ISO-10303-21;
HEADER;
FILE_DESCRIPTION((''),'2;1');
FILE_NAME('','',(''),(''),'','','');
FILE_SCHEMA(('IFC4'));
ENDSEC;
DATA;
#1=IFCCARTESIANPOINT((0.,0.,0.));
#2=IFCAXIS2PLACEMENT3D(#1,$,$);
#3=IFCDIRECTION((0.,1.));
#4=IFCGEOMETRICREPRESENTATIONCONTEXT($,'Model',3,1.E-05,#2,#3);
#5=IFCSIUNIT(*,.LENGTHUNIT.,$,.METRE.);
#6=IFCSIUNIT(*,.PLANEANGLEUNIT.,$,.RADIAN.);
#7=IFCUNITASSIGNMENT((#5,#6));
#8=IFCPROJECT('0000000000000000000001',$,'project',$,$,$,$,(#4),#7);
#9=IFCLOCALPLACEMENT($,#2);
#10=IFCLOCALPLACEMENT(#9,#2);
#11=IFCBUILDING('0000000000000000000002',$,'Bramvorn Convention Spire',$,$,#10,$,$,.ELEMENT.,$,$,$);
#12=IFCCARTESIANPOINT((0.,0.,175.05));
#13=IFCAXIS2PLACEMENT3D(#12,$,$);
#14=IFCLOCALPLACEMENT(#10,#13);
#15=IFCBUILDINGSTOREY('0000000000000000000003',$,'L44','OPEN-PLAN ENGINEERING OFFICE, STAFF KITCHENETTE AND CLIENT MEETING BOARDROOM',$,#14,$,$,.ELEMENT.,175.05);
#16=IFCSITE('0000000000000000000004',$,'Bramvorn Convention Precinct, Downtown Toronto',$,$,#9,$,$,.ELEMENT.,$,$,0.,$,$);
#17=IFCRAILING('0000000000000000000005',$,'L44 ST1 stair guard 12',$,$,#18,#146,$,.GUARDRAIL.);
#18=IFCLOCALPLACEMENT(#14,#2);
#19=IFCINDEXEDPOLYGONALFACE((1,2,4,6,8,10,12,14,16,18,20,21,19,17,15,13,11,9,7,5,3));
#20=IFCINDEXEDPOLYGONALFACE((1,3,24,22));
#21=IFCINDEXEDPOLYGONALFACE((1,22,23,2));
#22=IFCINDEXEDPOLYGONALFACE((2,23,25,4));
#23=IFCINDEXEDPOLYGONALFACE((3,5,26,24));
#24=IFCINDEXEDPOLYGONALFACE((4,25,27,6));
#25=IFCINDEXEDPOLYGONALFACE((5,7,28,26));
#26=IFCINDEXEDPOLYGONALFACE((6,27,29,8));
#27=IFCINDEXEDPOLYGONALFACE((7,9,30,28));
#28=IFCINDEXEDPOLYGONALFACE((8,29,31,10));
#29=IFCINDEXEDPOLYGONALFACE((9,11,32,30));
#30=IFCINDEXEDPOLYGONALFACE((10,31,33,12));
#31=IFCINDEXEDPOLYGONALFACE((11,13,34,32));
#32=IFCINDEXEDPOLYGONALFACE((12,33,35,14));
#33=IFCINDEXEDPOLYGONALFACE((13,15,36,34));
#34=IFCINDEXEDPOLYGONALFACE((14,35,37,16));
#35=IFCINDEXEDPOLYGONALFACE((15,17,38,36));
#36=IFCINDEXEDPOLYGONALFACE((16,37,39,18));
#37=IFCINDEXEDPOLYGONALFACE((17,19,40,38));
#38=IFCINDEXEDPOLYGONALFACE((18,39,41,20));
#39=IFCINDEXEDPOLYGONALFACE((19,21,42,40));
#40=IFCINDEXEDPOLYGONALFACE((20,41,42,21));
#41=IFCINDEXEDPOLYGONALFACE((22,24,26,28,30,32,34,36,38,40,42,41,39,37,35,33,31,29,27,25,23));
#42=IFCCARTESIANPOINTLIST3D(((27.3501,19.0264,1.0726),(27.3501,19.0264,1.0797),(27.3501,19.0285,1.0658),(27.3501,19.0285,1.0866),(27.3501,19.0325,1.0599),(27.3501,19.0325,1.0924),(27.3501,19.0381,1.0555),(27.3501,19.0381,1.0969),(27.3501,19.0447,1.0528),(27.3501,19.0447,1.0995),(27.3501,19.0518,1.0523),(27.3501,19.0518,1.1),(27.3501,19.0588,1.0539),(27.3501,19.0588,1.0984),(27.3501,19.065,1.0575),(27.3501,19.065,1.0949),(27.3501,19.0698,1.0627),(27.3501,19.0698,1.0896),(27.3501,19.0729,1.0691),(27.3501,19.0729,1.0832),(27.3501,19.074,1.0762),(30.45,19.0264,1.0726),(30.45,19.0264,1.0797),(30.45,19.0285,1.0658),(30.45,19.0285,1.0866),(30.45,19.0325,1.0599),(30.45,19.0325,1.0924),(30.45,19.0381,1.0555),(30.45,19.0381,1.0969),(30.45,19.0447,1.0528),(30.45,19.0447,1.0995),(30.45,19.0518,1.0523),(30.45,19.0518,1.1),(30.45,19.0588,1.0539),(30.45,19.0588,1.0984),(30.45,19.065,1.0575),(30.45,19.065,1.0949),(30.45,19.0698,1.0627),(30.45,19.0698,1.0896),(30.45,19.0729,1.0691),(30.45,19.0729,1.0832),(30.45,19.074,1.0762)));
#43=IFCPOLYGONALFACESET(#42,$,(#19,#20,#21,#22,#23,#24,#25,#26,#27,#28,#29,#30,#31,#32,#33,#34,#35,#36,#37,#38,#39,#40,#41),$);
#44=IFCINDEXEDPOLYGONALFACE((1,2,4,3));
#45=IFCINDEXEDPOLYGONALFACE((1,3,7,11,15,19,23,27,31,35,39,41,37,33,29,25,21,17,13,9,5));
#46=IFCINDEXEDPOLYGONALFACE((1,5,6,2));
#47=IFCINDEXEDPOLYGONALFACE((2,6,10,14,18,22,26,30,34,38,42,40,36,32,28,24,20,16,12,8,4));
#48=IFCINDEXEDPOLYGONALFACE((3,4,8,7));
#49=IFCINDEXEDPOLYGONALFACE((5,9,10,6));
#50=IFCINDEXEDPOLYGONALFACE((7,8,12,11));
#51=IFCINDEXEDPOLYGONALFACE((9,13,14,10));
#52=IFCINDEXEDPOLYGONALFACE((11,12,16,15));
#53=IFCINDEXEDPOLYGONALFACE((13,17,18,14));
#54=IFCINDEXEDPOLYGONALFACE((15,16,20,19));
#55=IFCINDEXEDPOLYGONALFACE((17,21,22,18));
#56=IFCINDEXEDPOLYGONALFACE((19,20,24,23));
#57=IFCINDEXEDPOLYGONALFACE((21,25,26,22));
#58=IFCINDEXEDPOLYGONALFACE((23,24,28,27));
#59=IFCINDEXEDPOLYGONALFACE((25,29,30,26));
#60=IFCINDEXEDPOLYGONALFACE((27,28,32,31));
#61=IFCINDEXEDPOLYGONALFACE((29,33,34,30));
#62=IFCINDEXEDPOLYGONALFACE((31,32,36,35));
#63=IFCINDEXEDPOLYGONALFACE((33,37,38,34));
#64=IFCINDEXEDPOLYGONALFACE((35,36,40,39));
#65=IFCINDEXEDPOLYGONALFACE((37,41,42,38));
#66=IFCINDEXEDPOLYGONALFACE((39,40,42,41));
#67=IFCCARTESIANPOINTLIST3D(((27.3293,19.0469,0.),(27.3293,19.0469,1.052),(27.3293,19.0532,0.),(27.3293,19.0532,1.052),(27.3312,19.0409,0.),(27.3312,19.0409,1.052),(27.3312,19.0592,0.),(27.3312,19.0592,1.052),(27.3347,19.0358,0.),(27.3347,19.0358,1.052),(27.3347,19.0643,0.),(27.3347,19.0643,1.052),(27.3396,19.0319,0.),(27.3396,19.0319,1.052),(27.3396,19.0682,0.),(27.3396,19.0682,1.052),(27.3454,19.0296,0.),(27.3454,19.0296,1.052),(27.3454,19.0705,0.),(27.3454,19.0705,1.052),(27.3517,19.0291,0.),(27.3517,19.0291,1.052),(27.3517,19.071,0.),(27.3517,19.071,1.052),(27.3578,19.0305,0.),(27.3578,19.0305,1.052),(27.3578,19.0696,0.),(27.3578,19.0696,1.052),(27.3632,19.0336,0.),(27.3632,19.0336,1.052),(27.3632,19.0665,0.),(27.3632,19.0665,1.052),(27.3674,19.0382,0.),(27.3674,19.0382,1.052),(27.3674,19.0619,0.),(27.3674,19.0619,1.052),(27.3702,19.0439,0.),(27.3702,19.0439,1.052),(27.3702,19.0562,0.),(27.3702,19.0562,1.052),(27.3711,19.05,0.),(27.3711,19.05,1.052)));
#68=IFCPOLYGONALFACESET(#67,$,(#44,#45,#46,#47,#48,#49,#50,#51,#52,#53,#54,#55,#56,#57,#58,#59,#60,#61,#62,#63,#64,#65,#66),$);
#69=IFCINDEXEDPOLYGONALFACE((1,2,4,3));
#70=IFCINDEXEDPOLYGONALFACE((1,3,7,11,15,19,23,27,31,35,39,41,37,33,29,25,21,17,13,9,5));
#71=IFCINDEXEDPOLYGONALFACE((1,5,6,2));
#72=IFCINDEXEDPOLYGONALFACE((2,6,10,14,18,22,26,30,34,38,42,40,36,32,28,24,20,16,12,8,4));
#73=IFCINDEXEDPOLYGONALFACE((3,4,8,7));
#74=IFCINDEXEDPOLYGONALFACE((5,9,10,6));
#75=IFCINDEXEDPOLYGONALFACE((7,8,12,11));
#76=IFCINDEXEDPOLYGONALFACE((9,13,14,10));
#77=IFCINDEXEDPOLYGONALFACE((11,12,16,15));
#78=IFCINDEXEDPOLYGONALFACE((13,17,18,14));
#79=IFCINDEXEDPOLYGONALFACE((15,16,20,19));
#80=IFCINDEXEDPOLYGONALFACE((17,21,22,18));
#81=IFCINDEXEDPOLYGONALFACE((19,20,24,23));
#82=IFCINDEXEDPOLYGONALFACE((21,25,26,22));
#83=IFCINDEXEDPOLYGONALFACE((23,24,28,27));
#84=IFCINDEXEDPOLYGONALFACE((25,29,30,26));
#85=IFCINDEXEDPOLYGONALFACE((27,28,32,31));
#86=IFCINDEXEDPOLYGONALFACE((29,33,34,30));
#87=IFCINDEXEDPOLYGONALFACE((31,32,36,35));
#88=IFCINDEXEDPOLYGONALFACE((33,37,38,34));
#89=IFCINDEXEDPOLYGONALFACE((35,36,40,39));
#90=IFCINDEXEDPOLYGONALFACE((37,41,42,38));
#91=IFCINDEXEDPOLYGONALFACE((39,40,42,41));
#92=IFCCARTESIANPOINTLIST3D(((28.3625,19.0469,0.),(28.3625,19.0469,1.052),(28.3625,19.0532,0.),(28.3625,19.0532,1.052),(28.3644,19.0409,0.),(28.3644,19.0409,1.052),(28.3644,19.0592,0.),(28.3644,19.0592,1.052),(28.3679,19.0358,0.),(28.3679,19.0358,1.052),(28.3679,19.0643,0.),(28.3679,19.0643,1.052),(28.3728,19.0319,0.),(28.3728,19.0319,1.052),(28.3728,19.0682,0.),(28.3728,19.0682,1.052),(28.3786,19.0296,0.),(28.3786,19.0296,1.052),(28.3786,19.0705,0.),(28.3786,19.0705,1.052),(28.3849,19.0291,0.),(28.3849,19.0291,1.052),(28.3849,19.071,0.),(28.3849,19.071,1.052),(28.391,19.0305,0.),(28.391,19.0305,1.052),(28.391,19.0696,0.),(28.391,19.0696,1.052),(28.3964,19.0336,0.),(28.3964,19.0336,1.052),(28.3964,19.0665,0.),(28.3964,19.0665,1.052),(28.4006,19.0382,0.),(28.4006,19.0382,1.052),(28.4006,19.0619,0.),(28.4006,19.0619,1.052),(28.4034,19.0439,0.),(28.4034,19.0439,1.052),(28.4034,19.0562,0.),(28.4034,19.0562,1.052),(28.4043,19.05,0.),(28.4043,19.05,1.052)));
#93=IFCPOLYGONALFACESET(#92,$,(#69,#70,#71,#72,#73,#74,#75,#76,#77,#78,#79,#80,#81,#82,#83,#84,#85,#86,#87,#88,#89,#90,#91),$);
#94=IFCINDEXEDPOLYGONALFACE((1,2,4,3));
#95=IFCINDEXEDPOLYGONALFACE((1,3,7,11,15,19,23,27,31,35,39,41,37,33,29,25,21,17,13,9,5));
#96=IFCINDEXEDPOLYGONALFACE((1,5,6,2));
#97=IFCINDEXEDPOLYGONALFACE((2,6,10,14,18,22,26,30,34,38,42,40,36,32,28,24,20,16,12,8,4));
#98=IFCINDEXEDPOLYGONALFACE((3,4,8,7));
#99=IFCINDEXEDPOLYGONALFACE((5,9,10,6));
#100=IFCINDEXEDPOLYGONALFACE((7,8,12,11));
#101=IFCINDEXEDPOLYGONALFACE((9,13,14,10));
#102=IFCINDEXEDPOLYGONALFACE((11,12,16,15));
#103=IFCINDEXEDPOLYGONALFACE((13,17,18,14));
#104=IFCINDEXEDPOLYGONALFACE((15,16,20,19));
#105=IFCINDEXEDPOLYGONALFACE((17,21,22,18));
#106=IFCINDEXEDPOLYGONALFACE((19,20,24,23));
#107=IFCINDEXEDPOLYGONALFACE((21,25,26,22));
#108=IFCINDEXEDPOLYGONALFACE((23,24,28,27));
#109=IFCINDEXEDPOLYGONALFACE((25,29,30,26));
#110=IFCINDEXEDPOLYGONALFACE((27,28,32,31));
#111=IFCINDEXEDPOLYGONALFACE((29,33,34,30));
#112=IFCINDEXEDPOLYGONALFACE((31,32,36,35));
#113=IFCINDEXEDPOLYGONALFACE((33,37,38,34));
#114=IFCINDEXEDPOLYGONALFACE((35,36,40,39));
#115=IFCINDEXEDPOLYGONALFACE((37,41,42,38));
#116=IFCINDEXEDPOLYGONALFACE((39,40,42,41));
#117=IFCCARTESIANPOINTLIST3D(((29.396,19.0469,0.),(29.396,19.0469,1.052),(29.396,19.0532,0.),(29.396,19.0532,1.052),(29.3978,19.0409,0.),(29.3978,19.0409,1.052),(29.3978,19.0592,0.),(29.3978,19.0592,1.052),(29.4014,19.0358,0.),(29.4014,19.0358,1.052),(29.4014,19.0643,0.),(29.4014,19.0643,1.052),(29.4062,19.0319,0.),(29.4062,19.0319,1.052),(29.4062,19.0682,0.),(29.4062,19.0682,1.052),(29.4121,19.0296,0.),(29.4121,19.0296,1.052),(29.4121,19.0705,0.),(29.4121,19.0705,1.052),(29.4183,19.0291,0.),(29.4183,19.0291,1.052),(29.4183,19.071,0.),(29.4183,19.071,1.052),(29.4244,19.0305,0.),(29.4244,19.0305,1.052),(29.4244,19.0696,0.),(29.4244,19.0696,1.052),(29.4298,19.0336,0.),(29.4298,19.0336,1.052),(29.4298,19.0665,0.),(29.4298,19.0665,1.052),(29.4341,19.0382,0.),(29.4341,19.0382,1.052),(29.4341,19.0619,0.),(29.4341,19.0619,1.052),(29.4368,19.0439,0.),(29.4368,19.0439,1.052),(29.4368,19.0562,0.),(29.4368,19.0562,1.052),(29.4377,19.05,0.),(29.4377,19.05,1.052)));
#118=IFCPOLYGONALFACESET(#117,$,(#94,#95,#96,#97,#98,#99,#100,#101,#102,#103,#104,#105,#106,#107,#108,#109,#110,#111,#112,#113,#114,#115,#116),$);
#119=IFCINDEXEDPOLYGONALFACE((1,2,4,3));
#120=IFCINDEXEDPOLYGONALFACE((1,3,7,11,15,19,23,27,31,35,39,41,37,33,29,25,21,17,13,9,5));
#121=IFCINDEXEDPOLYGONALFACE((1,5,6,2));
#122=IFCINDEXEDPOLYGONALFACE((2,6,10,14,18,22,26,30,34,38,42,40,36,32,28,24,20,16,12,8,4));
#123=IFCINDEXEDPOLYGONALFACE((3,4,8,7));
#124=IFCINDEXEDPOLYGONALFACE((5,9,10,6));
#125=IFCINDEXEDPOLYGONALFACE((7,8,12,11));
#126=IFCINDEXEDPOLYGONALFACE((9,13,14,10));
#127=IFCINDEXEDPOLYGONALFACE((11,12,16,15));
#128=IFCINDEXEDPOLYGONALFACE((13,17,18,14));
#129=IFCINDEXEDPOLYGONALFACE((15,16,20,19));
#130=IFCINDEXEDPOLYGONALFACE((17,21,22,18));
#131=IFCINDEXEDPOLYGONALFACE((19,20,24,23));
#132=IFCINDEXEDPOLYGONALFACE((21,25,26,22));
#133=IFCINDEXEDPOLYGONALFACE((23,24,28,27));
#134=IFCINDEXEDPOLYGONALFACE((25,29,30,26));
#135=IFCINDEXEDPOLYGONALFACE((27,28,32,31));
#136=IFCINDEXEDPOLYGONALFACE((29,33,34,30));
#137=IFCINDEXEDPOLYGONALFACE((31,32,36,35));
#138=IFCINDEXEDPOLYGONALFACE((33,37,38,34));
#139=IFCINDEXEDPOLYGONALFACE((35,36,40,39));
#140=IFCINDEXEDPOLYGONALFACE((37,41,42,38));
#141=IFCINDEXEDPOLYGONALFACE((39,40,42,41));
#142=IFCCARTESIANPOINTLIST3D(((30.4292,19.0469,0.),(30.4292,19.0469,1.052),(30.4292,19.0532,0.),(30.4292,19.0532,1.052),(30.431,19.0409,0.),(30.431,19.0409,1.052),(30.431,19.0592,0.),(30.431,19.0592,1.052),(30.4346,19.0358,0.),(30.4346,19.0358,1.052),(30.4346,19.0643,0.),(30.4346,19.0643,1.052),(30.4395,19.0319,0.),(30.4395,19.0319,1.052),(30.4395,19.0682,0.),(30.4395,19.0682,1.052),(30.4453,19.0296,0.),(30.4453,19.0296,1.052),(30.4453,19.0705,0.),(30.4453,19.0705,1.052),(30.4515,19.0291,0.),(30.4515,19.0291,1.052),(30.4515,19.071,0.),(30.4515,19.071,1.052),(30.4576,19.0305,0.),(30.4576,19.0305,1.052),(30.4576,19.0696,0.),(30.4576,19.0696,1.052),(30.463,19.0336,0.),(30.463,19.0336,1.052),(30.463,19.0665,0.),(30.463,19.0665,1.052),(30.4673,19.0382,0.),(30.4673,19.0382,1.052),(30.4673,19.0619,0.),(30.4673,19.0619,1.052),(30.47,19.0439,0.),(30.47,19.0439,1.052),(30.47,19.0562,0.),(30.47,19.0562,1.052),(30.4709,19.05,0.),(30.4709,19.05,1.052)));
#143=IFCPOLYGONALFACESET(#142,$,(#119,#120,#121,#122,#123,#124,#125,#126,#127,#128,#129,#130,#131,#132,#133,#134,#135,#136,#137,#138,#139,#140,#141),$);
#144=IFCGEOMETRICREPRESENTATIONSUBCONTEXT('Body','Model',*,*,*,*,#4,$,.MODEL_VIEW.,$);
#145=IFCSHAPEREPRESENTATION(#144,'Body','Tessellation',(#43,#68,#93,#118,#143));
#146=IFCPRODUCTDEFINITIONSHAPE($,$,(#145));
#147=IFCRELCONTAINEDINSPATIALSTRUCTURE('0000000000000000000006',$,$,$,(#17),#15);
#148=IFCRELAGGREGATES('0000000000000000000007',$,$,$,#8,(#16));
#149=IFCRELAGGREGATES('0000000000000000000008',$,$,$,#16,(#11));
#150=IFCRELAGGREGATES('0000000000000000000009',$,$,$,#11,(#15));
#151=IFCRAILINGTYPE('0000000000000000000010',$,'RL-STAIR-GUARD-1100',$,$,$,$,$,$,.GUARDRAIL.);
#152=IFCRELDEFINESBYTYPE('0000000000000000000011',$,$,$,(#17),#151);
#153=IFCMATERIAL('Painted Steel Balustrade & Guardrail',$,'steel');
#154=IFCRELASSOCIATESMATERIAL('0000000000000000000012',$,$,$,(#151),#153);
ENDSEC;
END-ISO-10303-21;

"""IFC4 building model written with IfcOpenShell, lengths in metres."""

from ifc_helpers import new_model, si_unit, direction, frame, origin, origin_2d, place, context, subcontext, project, spatial, circle, extrude, material, type_object, element, save


model = new_model("IFC4")

# Units and contexts
model_context = context("Model", 3, precision=1e-05, world=origin(), true_north=direction((0.0, 1.0)))
body_context = subcontext(model_context, "Body", "Model", "MODEL_VIEW")
ifc_project = project(units=[si_unit("LENGTHUNIT", "METRE"), si_unit("PLANEANGLEUNIT", "RADIAN")], contexts=[model_context])

# Site, building, storey
site_placement = place(None, origin())
site = spatial("IfcSite", under=ifc_project, at=site_placement, Name="Bramvorn Convention Precinct, Downtown Toronto", CompositionType="ELEMENT", RefElevation=0.0)
building_placement = place(site_placement, origin())
building = spatial("IfcBuilding", under=site, at=building_placement, Name="Bramvorn Convention Spire", CompositionType="ELEMENT")
storey_placement = place(building_placement, frame((0.0, 0.0, 175.05)))
storey = spatial("IfcBuildingStorey", under=building, at=storey_placement, Name="L44", Description="OPEN-PLAN ENGINEERING OFFICE, STAFF KITCHENETTE AND CLIENT MEETING BOARDROOM", CompositionType="ELEMENT", Elevation=175.05)

# Railing
ifc_material_1 = material(Name="Painted Steel Balustrade & Guardrail", Category="steel")
railing_type = type_object("IfcRailingType", Name="RL-STAIR-GUARD-1100", PredefinedType="GUARDRAIL", material=ifc_material_1)
railing_1_placement = place(storey_placement, frame((27.3501, 19.05, 0.0)))
element("IfcRailing", 1, at=railing_1_placement, inside=storey, type_object=railing_type, Name="L44 ST1 stair guard 12", PredefinedType="GUARDRAIL", context=body_context, shape_type="SweptSolid", body=[
    extrude(circle(Radius=0.0239, at=origin_2d()), frame((0.0, 0.0, 1.0762), z_axis=(1.0, 0.0, 0.0), x_axis=(0.0, 1.0, 0.0)), (0.0, 0.0, 1.0), 3.0999),
    extrude(circle(Radius=0.021, at=origin_2d()), origin(), (0.0, 0.0, 1.0), 1.052),
    extrude(circle(Radius=0.021, at=origin_2d()), frame((1.0332, 0.0, 0.0)), (0.0, 0.0, 1.0), 1.052),
    extrude(circle(Radius=0.021, at=origin_2d()), frame((2.0667, 0.0, 0.0)), (0.0, 0.0, 1.0), 1.052),
    extrude(circle(Radius=0.021, at=origin_2d()), frame((3.0999, 0.0, 0.0)), (0.0, 0.0, 1.0), 1.052),
])

save(model, "model.ifc")
